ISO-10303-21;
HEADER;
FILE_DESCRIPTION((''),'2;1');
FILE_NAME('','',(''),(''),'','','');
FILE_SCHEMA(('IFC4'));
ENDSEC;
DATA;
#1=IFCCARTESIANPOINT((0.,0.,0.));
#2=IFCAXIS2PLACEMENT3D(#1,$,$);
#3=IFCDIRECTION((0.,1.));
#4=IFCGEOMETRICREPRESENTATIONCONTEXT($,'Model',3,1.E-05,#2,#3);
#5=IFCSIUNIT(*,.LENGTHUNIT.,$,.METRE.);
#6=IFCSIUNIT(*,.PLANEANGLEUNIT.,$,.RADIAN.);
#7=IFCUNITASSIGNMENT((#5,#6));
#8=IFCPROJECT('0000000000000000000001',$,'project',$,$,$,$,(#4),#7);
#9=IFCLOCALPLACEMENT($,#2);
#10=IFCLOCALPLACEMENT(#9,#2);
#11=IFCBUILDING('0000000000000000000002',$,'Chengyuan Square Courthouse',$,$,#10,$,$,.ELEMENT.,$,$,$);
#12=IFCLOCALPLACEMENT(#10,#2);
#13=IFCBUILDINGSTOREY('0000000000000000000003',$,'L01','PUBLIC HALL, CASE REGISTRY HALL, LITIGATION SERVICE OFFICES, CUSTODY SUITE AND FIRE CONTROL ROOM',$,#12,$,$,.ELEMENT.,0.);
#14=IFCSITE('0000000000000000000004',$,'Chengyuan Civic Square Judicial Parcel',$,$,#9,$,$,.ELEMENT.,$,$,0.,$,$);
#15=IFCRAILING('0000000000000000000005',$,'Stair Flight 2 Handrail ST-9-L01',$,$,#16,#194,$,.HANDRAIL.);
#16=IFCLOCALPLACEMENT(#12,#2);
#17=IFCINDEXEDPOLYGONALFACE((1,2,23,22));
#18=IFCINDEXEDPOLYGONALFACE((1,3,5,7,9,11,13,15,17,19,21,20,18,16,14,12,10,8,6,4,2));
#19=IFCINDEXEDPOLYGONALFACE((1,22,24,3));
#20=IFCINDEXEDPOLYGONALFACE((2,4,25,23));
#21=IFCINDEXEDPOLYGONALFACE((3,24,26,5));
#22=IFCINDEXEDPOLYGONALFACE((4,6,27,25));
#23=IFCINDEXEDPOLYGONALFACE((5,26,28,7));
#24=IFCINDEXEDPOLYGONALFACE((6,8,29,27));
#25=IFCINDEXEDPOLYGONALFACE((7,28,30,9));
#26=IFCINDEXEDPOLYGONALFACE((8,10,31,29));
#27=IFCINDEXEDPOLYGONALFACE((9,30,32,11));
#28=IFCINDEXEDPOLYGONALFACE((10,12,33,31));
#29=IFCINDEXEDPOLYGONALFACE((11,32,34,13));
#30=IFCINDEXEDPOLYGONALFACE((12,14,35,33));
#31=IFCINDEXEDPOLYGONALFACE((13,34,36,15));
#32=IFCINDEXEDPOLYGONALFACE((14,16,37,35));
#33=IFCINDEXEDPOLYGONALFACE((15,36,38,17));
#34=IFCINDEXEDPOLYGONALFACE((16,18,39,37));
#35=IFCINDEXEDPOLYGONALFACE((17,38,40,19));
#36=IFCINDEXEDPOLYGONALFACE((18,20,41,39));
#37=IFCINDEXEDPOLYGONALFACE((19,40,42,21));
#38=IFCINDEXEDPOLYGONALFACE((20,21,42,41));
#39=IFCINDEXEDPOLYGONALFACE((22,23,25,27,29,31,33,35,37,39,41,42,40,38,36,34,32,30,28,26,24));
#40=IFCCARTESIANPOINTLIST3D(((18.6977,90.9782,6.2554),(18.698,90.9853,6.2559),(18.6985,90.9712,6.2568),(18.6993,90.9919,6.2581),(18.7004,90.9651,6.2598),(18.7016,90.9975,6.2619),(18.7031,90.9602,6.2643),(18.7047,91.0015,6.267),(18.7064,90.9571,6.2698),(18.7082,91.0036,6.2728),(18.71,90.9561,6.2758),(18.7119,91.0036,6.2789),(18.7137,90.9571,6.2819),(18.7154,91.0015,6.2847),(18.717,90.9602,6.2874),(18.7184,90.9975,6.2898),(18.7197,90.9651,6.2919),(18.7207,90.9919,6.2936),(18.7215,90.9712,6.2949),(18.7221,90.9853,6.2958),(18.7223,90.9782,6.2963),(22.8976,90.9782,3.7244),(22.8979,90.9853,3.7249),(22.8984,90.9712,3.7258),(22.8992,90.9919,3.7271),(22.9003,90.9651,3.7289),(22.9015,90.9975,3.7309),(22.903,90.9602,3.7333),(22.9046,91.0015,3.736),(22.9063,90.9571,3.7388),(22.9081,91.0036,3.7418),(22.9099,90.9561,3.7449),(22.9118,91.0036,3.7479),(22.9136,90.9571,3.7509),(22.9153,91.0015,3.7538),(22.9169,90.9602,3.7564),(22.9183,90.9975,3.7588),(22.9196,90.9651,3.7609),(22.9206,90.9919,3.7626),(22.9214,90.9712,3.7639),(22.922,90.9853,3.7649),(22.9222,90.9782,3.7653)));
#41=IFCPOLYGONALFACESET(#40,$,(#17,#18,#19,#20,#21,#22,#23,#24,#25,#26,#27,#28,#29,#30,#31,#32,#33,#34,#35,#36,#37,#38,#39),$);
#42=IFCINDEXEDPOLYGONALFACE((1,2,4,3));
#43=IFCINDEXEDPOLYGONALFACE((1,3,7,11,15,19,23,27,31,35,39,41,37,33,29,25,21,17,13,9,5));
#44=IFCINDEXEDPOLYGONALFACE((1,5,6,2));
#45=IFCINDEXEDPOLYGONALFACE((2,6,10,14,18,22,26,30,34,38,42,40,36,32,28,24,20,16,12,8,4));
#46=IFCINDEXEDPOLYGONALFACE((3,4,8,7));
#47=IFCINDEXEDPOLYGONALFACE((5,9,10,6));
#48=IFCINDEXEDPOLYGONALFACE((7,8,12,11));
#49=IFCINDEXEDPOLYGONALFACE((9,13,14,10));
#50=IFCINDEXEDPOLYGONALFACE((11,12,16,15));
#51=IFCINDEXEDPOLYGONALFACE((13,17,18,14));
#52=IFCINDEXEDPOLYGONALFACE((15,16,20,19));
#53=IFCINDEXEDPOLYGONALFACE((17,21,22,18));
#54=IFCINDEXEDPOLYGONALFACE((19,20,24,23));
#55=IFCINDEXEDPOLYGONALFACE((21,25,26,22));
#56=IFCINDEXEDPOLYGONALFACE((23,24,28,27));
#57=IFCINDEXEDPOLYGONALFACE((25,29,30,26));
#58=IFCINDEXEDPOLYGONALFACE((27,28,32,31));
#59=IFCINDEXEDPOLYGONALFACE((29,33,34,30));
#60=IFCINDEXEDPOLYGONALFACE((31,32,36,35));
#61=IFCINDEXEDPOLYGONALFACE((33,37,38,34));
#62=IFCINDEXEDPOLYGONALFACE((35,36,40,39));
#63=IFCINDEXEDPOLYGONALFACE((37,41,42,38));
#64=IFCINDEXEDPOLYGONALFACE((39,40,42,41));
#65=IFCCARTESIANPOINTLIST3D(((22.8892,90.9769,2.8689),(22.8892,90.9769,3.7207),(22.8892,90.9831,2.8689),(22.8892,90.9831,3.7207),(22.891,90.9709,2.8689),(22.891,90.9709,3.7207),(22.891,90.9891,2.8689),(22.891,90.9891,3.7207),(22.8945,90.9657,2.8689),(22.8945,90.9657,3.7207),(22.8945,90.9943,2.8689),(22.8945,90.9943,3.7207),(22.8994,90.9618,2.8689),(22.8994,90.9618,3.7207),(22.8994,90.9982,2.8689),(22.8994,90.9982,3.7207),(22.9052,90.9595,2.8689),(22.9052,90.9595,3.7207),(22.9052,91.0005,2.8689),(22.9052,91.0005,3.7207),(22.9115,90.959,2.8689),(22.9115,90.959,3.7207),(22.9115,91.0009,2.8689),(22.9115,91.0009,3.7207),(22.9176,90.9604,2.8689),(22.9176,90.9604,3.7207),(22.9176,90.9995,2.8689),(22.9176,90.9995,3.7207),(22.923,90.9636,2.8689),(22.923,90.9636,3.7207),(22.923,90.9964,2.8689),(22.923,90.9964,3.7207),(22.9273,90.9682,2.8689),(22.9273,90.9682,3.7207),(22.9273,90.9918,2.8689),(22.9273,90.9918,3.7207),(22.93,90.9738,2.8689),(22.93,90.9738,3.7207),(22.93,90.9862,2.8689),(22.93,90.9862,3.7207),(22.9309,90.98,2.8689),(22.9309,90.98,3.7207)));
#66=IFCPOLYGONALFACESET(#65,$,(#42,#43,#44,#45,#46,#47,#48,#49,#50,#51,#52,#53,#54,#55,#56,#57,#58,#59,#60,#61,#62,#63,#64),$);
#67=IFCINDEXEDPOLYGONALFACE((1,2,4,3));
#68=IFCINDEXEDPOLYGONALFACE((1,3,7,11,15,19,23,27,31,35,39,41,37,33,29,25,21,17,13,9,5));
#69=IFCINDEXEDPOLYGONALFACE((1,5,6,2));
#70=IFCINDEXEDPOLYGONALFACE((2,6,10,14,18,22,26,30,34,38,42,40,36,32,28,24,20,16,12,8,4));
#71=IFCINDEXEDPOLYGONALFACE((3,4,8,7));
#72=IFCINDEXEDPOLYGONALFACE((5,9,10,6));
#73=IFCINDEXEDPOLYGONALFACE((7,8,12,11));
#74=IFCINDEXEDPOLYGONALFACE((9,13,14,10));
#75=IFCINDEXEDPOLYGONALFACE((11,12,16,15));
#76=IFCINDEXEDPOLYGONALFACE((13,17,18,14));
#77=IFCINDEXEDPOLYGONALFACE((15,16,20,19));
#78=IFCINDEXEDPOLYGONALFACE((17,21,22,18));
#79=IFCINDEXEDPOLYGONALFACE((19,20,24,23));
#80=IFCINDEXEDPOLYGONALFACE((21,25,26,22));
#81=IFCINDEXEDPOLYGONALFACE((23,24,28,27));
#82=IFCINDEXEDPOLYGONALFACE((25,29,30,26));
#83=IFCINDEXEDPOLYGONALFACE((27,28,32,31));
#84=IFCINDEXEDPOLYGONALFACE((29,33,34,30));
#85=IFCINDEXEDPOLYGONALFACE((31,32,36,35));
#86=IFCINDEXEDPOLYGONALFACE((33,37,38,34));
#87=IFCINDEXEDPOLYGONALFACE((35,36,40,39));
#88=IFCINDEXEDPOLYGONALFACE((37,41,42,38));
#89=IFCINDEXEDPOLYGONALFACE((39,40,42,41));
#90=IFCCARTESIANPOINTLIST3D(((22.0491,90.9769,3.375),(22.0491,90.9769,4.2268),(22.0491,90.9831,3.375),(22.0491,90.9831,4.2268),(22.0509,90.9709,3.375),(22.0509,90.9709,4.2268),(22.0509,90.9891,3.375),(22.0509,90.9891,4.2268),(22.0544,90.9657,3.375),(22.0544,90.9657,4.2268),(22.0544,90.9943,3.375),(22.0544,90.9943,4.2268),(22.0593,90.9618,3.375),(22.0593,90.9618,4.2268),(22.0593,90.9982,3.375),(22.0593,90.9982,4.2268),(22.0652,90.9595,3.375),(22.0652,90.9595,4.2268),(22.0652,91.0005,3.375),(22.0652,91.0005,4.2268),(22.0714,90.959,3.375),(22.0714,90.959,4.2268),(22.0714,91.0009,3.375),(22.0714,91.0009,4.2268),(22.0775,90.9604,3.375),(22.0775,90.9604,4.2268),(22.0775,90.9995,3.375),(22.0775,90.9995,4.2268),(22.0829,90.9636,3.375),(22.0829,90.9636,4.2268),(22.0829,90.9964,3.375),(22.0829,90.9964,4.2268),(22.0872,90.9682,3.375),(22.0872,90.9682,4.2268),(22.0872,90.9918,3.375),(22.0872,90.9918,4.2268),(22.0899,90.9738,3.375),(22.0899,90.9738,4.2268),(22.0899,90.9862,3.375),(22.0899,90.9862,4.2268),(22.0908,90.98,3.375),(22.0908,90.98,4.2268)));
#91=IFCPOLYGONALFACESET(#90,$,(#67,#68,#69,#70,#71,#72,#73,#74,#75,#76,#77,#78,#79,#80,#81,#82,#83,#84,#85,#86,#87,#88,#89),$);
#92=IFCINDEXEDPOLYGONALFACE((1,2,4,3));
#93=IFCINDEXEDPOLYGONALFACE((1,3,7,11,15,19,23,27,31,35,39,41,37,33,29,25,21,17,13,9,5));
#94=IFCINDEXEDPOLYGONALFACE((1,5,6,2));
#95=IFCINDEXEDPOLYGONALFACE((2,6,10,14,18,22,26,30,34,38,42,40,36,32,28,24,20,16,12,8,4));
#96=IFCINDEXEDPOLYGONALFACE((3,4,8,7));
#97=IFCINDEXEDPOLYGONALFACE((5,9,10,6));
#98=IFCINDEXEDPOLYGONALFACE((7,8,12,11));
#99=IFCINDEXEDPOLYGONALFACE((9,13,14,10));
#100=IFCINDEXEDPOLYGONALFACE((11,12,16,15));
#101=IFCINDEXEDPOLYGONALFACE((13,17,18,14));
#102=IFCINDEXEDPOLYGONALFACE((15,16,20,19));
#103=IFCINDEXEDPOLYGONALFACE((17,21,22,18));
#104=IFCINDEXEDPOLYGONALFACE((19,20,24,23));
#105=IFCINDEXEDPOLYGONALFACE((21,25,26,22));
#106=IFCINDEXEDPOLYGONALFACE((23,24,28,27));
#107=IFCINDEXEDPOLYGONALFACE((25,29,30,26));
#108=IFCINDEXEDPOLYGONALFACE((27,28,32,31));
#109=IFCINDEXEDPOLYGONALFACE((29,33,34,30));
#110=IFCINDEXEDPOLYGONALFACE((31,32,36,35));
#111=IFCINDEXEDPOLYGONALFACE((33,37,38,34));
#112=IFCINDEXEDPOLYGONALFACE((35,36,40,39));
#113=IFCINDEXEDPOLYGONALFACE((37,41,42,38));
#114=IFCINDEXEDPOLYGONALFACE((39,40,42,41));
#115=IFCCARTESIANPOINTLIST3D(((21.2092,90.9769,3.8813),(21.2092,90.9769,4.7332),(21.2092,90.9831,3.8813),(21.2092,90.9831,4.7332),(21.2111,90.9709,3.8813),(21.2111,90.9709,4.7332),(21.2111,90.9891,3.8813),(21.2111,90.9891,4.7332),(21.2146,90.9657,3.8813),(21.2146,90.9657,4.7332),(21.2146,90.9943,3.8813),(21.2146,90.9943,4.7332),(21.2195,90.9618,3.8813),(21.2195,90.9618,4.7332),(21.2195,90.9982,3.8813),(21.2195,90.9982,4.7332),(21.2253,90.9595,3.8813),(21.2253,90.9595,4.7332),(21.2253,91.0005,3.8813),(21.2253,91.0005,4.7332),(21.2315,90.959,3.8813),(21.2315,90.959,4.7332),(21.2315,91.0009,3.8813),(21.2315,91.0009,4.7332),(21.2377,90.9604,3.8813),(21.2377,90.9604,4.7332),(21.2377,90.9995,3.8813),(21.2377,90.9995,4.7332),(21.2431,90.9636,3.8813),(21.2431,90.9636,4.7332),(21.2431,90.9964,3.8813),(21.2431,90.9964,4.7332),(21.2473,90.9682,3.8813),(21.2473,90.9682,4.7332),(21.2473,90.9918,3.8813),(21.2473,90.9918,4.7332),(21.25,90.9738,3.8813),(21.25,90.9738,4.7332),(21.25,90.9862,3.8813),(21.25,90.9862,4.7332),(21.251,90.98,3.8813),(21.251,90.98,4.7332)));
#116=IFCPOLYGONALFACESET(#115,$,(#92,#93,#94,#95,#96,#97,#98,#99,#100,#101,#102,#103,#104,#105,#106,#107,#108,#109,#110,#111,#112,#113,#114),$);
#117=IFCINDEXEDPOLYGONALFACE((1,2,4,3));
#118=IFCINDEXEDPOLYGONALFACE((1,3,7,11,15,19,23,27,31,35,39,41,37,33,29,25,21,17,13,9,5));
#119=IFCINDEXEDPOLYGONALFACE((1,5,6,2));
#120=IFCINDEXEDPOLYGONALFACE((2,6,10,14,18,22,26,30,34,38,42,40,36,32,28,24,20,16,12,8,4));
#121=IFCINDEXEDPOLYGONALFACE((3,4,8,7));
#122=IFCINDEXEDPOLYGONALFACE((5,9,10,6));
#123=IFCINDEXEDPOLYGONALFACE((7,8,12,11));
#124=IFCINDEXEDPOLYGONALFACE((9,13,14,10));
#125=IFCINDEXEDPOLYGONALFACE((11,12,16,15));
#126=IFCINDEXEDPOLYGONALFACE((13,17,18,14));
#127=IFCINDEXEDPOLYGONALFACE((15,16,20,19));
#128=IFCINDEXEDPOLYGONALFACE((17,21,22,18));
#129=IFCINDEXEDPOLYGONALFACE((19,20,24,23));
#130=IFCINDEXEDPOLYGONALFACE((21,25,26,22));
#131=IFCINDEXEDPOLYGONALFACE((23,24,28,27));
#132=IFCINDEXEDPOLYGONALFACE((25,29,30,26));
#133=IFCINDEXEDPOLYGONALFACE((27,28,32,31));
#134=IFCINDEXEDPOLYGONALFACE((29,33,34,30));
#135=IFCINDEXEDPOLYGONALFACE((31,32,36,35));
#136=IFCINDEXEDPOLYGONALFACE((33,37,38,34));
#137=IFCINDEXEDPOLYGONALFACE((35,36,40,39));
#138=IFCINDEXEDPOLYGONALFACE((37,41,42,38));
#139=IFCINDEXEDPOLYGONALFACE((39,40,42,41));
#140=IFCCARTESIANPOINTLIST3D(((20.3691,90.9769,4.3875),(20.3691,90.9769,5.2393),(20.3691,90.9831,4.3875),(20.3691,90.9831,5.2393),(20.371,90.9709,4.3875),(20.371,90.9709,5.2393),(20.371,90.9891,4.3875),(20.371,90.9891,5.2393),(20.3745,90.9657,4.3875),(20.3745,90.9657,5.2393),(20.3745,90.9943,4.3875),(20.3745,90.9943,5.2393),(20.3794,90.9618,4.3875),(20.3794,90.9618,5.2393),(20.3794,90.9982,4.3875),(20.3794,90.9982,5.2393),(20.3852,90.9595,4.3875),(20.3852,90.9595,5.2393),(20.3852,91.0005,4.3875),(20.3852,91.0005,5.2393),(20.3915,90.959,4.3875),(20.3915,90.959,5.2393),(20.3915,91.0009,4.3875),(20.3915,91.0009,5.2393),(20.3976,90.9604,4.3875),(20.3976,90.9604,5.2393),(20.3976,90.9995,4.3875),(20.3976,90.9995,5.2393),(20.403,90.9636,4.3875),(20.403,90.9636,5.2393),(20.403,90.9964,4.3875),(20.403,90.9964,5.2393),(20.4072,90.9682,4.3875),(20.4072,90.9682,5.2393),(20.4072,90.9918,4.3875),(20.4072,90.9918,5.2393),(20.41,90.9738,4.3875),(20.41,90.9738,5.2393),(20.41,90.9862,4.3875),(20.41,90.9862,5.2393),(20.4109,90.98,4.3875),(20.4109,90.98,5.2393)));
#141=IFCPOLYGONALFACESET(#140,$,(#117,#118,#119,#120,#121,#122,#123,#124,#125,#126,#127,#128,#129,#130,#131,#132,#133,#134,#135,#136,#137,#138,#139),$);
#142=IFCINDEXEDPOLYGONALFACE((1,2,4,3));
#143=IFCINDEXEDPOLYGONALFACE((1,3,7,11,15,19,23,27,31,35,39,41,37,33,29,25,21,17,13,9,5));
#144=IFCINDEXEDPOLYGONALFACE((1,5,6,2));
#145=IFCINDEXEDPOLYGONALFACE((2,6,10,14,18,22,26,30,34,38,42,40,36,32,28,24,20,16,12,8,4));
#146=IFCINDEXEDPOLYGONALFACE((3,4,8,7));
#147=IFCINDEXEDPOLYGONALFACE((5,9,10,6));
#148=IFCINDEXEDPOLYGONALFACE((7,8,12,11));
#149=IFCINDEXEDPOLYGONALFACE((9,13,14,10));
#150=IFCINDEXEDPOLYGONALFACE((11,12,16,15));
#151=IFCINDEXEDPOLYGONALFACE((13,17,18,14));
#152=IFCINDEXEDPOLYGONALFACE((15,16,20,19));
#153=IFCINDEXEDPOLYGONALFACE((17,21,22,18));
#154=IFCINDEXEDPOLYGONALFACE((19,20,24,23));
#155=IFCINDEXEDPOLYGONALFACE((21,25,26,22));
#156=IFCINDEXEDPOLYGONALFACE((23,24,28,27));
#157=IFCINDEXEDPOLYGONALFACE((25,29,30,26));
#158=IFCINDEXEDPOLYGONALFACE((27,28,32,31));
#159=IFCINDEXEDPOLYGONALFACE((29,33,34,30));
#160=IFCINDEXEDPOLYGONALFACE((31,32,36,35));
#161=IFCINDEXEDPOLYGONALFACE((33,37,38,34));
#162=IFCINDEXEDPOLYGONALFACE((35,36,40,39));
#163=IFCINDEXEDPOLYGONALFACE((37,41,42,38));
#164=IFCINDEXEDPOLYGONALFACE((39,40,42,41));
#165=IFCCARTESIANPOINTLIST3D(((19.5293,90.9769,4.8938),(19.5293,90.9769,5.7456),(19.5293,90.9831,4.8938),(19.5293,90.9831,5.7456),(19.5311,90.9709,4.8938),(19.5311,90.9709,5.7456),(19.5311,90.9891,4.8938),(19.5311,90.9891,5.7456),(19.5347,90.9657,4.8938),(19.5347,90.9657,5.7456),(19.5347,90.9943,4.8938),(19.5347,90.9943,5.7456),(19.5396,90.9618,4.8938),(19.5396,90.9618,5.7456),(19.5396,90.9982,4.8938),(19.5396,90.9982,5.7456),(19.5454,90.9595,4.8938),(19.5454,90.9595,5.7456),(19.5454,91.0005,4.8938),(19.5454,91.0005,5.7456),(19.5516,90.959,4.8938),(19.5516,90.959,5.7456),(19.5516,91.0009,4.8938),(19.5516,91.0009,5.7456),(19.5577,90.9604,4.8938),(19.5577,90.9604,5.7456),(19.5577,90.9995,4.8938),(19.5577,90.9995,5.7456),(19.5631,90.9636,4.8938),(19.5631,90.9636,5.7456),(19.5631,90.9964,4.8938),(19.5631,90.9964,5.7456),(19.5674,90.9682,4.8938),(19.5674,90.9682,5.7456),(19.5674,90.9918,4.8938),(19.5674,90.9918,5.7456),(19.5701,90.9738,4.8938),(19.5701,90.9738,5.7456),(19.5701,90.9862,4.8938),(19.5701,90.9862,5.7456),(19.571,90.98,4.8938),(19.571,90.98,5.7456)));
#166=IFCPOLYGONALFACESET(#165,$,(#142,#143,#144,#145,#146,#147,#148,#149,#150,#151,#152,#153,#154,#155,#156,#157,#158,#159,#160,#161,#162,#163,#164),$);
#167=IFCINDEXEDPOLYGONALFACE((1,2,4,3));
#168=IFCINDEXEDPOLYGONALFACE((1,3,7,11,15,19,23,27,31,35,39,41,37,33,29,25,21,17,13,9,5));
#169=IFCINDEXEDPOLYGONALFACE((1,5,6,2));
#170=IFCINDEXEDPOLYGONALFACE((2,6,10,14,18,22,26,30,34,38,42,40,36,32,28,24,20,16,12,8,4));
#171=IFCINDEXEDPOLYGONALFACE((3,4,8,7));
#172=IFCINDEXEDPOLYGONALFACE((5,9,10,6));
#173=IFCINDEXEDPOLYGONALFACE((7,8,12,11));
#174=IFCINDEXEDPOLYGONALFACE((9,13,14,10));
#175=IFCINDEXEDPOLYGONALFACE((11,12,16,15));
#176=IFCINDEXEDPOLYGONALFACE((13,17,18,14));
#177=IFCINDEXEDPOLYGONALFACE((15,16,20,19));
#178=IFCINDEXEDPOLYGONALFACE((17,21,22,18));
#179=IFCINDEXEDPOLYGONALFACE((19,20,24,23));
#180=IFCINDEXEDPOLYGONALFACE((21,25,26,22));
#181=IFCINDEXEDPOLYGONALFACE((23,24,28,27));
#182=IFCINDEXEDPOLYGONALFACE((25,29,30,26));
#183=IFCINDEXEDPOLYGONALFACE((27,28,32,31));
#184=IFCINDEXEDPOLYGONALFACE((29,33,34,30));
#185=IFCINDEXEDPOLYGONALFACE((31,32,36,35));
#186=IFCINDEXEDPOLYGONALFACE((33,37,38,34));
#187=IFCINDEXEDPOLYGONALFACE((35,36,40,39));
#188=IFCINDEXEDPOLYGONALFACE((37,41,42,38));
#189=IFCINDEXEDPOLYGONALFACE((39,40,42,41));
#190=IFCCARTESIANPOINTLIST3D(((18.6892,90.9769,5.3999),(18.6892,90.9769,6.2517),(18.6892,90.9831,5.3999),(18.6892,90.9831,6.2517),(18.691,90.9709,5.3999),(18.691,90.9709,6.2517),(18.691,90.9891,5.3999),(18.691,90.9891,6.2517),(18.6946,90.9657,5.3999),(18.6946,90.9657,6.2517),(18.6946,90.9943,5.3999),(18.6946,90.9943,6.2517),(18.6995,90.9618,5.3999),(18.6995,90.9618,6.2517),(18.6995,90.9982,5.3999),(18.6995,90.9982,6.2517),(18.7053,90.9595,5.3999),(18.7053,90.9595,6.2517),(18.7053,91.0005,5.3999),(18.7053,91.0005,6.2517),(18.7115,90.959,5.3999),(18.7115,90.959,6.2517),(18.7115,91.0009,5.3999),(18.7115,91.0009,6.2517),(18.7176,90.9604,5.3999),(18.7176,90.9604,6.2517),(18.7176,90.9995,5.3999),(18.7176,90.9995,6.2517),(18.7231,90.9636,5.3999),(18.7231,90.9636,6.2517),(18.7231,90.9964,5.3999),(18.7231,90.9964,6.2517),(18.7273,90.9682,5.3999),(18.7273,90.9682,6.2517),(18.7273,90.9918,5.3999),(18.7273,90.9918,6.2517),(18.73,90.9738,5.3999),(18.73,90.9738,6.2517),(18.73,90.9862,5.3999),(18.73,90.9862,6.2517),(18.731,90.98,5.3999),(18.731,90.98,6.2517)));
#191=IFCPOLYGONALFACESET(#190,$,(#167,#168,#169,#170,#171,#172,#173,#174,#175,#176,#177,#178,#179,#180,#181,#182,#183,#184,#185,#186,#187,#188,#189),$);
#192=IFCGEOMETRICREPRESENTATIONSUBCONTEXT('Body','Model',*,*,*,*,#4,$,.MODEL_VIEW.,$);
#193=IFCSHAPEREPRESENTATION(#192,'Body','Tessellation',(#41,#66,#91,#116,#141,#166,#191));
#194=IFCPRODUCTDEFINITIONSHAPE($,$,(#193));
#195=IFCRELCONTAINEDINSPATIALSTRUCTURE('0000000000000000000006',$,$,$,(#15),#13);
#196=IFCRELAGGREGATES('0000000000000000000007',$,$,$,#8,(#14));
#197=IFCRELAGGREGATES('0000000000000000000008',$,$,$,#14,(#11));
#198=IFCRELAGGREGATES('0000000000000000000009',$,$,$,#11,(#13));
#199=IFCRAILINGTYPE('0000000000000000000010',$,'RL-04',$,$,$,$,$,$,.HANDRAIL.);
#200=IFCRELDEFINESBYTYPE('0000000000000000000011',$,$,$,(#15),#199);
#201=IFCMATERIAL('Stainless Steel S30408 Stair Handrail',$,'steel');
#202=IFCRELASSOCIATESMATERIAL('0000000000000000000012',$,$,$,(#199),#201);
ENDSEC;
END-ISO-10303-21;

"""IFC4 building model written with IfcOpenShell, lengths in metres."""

from ifc_helpers import new_model, si_unit, direction, frame, origin, origin_2d, place, context, subcontext, project, spatial, circle, extrude, material, type_object, element, save


model = new_model("IFC4")

# Units and contexts
model_context = context("Model", 3, precision=1e-05, world=origin(), true_north=direction((0.0, 1.0)))
body_context = subcontext(model_context, "Body", "Model", "MODEL_VIEW")
ifc_project = project(units=[si_unit("LENGTHUNIT", "METRE"), si_unit("PLANEANGLEUNIT", "RADIAN")], contexts=[model_context])

# Site, building, storey
site_placement = place(None, origin())
site = spatial("IfcSite", under=ifc_project, at=site_placement, Name="Chengyuan Civic Square Judicial Parcel", CompositionType="ELEMENT", RefElevation=0.0)
building_placement = place(site_placement, origin())
building = spatial("IfcBuilding", under=site, at=building_placement, Name="Chengyuan Square Courthouse", CompositionType="ELEMENT")
storey_placement = place(building_placement, origin())
storey = spatial("IfcBuildingStorey", under=building, at=storey_placement, Name="L01", Description="PUBLIC HALL, CASE REGISTRY HALL, LITIGATION SERVICE OFFICES, CUSTODY SUITE AND FIRE CONTROL ROOM", CompositionType="ELEMENT", Elevation=0.0)

# Railing
ifc_material_1 = material(Name="Stainless Steel S30408 Stair Handrail", Category="steel")
railing_type_1 = type_object("IfcRailingType", Name="RL-04", PredefinedType="HANDRAIL", material=ifc_material_1)
railing_1_placement = place(storey_placement, frame((22.9099, 90.98, 2.8689)))
element("IfcRailing", 1, at=railing_1_placement, inside=storey, type_object=railing_type_1, Name="Stair Flight 2 Handrail ST-9-L01", PredefinedType="HANDRAIL", context=body_context, shape_type="SweptSolid", body=[
    extrude(circle(Radius=0.0239, at=origin_2d()), frame((0.0, 0.0, 0.876), z_axis=(-0.856499, 0.0, 0.51615), x_axis=(0.0, -1.0, 0.0)), (0.0, 0.0, 1.0), 4.9036),
    extrude(circle(Radius=0.021, at=origin_2d()), origin(), (0.0, 0.0, 1.0), 0.8518),
    extrude(circle(Radius=0.021, at=origin_2d()), frame((-0.8401, 0.0, 0.5061)), (0.0, 0.0, 1.0), 0.8518),
    extrude(circle(Radius=0.021, at=origin_2d()), frame((-1.6799, 0.0, 1.0125)), (0.0, 0.0, 1.0), 0.8518),
    extrude(circle(Radius=0.021, at=origin_2d()), frame((-2.52, 0.0, 1.5186)), (0.0, 0.0, 1.0), 0.8518),
    extrude(circle(Radius=0.021, at=origin_2d()), frame((-3.3599, 0.0, 2.0249)), (0.0, 0.0, 1.0), 0.8518),
    extrude(circle(Radius=0.021, at=origin_2d()), frame((-4.2, 0.0, 2.531)), (0.0, 0.0, 1.0), 0.8518),
])

save(model, "model.ifc")
